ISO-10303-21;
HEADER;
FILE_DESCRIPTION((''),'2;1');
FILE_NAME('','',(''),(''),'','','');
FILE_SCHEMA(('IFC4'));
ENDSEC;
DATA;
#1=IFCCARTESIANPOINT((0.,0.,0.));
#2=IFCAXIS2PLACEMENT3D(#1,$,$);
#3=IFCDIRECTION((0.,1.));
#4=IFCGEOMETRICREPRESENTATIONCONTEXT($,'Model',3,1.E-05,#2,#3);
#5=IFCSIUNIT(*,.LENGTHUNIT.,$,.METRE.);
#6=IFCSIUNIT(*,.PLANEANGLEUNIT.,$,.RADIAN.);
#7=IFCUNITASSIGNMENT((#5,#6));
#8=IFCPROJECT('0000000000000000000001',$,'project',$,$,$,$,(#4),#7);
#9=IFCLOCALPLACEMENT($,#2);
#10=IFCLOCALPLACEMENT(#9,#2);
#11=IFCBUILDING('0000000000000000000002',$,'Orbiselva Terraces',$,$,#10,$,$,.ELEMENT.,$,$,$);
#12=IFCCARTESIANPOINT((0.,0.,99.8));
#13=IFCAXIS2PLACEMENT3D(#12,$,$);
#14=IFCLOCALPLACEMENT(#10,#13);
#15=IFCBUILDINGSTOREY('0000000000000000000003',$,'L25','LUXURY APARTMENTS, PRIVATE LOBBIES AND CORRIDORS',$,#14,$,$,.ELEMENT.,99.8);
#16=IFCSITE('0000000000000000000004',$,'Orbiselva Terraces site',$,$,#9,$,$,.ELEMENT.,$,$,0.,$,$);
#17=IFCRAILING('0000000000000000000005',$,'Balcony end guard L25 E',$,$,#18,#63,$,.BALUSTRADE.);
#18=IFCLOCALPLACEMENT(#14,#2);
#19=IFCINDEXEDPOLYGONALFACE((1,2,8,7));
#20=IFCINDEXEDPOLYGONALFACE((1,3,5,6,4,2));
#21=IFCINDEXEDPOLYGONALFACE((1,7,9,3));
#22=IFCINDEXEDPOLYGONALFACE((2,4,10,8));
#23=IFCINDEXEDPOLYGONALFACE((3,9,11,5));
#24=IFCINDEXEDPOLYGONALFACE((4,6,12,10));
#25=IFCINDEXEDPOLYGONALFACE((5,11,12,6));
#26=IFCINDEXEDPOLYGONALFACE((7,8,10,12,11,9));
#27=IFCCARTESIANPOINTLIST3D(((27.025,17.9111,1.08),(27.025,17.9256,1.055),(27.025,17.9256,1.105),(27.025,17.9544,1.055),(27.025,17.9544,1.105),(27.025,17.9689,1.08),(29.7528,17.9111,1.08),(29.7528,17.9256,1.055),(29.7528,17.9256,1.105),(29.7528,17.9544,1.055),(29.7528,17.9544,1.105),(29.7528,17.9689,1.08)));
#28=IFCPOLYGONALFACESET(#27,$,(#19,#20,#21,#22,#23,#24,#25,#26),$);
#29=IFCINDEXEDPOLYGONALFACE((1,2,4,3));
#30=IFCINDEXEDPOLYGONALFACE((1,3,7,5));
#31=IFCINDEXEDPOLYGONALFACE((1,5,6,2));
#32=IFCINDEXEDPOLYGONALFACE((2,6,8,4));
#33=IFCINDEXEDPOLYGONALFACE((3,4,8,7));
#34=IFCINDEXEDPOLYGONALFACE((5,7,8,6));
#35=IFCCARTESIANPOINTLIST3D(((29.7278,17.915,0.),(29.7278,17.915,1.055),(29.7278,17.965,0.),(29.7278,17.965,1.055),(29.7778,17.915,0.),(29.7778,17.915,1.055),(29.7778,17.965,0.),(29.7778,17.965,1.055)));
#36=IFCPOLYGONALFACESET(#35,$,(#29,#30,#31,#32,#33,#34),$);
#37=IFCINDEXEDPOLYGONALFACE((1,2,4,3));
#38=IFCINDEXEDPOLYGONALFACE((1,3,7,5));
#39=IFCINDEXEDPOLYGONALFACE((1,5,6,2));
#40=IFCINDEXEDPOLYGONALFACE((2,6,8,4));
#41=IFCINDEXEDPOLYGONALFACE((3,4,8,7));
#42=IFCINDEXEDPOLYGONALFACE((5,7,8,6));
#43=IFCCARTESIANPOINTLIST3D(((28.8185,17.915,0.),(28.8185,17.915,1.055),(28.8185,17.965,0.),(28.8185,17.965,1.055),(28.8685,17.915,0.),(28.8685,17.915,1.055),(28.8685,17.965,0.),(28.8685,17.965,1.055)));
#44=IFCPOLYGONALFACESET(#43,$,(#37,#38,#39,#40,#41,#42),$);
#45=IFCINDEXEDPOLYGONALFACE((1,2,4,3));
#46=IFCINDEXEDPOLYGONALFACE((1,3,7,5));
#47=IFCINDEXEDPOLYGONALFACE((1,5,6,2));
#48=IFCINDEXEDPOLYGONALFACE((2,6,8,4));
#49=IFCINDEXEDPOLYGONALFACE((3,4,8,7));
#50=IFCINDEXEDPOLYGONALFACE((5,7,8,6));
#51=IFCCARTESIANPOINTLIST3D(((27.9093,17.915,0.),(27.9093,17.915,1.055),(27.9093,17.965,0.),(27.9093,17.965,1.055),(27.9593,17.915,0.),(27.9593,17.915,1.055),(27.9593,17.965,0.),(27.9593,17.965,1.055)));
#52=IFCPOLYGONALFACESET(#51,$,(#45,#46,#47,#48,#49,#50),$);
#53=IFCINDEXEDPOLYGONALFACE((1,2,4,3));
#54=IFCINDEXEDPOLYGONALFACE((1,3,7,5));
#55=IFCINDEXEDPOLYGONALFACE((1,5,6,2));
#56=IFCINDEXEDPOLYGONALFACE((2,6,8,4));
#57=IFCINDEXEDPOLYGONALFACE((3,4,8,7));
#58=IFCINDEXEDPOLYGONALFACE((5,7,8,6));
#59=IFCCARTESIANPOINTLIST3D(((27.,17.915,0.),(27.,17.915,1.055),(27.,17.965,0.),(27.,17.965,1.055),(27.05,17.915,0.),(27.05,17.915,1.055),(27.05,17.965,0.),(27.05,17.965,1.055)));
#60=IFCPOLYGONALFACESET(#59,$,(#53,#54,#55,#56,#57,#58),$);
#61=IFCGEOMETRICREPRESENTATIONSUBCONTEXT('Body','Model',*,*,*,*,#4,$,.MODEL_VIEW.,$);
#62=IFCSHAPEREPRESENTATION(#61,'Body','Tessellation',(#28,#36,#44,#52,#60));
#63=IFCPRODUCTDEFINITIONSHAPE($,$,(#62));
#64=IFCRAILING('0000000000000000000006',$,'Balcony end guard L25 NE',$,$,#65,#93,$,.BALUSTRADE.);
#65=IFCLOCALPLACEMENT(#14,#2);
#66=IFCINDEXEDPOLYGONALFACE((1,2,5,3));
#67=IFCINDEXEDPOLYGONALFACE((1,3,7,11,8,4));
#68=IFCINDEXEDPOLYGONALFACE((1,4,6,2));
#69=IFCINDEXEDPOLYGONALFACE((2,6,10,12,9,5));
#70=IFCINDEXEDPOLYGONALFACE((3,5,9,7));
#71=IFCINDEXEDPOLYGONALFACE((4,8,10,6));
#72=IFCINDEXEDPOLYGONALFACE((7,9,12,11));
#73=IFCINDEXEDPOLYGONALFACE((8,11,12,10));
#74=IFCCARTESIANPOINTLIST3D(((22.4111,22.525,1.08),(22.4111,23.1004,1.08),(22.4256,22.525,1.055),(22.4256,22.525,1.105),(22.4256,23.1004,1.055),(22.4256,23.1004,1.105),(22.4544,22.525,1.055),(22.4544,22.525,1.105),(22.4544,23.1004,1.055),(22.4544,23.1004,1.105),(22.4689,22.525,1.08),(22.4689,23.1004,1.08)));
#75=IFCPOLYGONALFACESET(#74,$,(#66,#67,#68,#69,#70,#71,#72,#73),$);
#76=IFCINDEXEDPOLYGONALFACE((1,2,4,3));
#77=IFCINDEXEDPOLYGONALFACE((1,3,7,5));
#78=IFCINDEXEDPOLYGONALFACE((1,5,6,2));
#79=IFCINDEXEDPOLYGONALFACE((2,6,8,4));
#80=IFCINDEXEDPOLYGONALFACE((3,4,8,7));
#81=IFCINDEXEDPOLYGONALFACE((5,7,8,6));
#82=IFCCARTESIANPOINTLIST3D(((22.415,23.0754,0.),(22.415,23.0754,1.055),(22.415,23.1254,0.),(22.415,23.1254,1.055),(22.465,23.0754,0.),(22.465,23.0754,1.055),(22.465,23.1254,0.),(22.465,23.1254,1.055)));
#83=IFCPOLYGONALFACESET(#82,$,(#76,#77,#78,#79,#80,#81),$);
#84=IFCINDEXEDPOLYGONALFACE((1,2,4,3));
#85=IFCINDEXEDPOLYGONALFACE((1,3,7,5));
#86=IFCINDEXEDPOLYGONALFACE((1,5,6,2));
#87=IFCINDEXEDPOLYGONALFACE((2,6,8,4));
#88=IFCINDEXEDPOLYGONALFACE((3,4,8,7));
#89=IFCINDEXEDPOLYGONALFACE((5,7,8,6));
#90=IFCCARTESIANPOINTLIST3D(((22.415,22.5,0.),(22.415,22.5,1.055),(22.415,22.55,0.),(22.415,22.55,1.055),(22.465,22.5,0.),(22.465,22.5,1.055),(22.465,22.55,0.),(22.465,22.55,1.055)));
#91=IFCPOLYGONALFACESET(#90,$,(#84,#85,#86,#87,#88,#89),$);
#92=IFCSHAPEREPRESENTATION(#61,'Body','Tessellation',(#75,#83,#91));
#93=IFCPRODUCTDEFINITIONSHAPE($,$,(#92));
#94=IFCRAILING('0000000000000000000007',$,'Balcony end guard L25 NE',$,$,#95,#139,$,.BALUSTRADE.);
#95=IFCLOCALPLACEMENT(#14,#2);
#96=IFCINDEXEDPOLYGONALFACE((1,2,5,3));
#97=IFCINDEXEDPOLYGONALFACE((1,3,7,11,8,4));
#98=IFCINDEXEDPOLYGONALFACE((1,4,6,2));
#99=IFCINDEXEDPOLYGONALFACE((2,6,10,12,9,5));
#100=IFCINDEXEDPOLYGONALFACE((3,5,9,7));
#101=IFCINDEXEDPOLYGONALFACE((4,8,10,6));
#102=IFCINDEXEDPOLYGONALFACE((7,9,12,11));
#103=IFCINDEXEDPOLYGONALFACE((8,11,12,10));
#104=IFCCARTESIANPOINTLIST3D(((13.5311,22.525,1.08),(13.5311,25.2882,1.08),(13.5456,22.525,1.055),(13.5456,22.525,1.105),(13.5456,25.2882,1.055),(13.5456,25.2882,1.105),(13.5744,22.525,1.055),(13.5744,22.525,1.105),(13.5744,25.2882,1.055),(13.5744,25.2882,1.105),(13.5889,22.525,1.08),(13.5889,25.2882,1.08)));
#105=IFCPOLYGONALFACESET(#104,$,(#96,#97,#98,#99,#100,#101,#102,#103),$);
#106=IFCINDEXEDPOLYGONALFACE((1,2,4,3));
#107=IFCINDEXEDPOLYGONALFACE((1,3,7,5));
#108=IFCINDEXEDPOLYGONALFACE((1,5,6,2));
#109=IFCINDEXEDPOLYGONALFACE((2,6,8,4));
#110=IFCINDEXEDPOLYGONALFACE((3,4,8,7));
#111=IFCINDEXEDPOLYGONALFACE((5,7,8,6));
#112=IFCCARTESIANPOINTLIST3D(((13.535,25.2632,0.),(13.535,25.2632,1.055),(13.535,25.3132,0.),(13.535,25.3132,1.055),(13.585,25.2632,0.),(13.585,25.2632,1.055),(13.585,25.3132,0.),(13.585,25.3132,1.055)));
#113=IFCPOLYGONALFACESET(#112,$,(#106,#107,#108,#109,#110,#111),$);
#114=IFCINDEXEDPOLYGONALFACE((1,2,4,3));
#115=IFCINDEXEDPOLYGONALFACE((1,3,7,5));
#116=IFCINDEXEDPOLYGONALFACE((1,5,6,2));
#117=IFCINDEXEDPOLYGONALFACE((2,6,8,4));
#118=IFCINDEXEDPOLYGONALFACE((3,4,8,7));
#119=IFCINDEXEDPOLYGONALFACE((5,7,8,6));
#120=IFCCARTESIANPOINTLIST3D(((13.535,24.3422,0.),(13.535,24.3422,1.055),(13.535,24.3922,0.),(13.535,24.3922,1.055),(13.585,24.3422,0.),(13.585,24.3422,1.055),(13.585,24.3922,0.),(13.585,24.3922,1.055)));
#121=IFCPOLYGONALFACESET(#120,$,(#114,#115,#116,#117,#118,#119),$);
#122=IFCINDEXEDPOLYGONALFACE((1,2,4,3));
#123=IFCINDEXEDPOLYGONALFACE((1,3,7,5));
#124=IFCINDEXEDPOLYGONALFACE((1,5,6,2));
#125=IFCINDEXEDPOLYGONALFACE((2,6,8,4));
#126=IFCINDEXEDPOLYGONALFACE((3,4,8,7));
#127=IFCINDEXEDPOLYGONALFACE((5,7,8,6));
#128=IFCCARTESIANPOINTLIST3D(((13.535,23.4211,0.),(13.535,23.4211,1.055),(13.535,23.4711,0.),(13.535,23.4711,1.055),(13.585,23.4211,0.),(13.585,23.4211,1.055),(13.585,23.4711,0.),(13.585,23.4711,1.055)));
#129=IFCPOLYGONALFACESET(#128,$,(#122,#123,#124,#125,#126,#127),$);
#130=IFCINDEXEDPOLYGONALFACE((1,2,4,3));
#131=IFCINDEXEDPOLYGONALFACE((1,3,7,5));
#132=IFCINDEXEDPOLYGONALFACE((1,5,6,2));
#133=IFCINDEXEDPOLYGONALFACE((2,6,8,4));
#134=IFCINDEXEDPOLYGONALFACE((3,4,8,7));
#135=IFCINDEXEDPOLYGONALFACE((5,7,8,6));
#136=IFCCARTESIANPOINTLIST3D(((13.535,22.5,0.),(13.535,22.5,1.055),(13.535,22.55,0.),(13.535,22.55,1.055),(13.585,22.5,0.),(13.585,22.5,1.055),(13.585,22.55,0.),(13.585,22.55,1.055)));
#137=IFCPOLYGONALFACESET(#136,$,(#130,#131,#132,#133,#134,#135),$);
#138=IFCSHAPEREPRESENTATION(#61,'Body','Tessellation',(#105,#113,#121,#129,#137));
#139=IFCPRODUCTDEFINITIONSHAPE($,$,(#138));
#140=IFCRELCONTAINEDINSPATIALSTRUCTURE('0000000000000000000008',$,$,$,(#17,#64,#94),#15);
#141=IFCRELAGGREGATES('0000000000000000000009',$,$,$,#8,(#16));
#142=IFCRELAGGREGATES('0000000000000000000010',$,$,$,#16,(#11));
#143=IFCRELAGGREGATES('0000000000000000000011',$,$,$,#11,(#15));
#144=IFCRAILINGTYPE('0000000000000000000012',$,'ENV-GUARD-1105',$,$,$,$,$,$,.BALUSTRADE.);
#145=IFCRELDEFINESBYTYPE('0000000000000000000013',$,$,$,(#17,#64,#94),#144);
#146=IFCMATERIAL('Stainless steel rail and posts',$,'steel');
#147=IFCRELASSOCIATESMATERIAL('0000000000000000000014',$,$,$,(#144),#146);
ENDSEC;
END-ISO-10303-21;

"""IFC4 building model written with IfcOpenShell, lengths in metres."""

from ifc_helpers import new_model, si_unit, direction, frame, origin, origin_2d, place, context, subcontext, project, spatial, polyline, rectangle, outline, extrude, material, type_object, element, save


model = new_model("IFC4")

# Units and contexts
model_context = context("Model", 3, precision=1e-05, world=origin(), true_north=direction((0.0, 1.0)))
body_context = subcontext(model_context, "Body", "Model", "MODEL_VIEW")
ifc_project = project(units=[si_unit("LENGTHUNIT", "METRE"), si_unit("PLANEANGLEUNIT", "RADIAN")], contexts=[model_context])

# Site, building, storey
site_placement = place(None, origin())
site = spatial("IfcSite", under=ifc_project, at=site_placement, Name="Orbiselva Terraces site", CompositionType="ELEMENT", RefElevation=0.0)
building_placement = place(site_placement, origin())
building = spatial("IfcBuilding", under=site, at=building_placement, Name="Orbiselva Terraces", CompositionType="ELEMENT")
storey_placement = place(building_placement, frame((0.0, 0.0, 99.8)))
storey = spatial("IfcBuildingStorey", under=building, at=storey_placement, Name="L25", Description="LUXURY APARTMENTS, PRIVATE LOBBIES AND CORRIDORS", CompositionType="ELEMENT", Elevation=99.8)

# Railings
ifc_material_1 = material(Name="Stainless steel rail and posts", Category="steel")
railing_type_1 = type_object("IfcRailingType", Name="ENV-GUARD-1105", PredefinedType="BALUSTRADE", material=ifc_material_1)
railing_1_placement = place(storey_placement, frame((29.7528, 17.94, 0.0)))
element("IfcRailing", 1, at=railing_1_placement, inside=storey, type_object=railing_type_1, Name="Balcony end guard L25 E", PredefinedType="BALUSTRADE", context=body_context, shape_type="SweptSolid", body=[
    extrude(outline(polyline([(0.0289, 0.0), (0.0144, 0.025), (-0.0144, 0.025), (-0.0289, 0.0), (-0.0144, -0.025), (0.0144, -0.025), (0.0289, 0.0)])), frame((0.0, 0.0, 1.08), z_axis=(-1.0, 0.0, 0.0), x_axis=(0.0, -1.0, 0.0)), (0.0, 0.0, 1.0), 2.7278),
    extrude(rectangle(XDim=0.05, YDim=0.05, at=origin_2d()), origin(), (0.0, 0.0, 1.0), 1.055),
    extrude(rectangle(XDim=0.05, YDim=0.05, at=origin_2d()), frame((-0.9093, 0.0, 0.0)), (0.0, 0.0, 1.0), 1.055),
    extrude(rectangle(XDim=0.05, YDim=0.05, at=origin_2d()), frame((-1.8185, 0.0, 0.0)), (0.0, 0.0, 1.0), 1.055),
    extrude(rectangle(XDim=0.05, YDim=0.05, at=origin_2d()), frame((-2.7278, 0.0, 0.0)), (0.0, 0.0, 1.0), 1.055),
])
railing_2_placement = place(storey_placement, frame((22.44, 23.1004, 0.0)))
element("IfcRailing", 2, at=railing_2_placement, inside=storey, type_object=railing_type_1, Name="Balcony end guard L25 NE", PredefinedType="BALUSTRADE", context=body_context, shape_type="SweptSolid", body=[
    extrude(outline(polyline([(0.0289, 0.0), (0.0144, 0.025), (-0.0144, 0.025), (-0.0289, 0.0), (-0.0144, -0.025), (0.0144, -0.025), (0.0289, 0.0)])), frame((0.0, 0.0, 1.08), z_axis=(0.0, -1.0, 0.0), x_axis=(1.0, 0.0, 0.0)), (0.0, 0.0, 1.0), 0.5754),
    extrude(rectangle(XDim=0.05, YDim=0.05, at=origin_2d()), origin(), (0.0, 0.0, 1.0), 1.055),
    extrude(rectangle(XDim=0.05, YDim=0.05, at=origin_2d()), frame((0.0, -0.5754, 0.0)), (0.0, 0.0, 1.0), 1.055),
])
railing_3_placement = place(storey_placement, frame((13.56, 25.2882, 0.0)))
element("IfcRailing", 3, at=railing_3_placement, inside=storey, type_object=railing_type_1, Name="Balcony end guard L25 NE", PredefinedType="BALUSTRADE", context=body_context, shape_type="SweptSolid", body=[
    extrude(outline(polyline([(0.0289, 0.0), (0.0144, 0.025), (-0.0144, 0.025), (-0.0289, 0.0), (-0.0144, -0.025), (0.0144, -0.025), (0.0289, 0.0)])), frame((0.0, 0.0, 1.08), z_axis=(0.0, -1.0, 0.0), x_axis=(1.0, 0.0, 0.0)), (0.0, 0.0, 1.0), 2.7632),
    extrude(rectangle(XDim=0.05, YDim=0.05, at=origin_2d()), origin(), (0.0, 0.0, 1.0), 1.055),
    extrude(rectangle(XDim=0.05, YDim=0.05, at=origin_2d()), frame((0.0, -0.9211, 0.0)), (0.0, 0.0, 1.0), 1.055),
    extrude(rectangle(XDim=0.05, YDim=0.05, at=origin_2d()), frame((0.0, -1.8422, 0.0)), (0.0, 0.0, 1.0), 1.055),
    extrude(rectangle(XDim=0.05, YDim=0.05, at=origin_2d()), frame((0.0, -2.7632, 0.0)), (0.0, 0.0, 1.0), 1.055),
])

save(model, "model.ifc")
